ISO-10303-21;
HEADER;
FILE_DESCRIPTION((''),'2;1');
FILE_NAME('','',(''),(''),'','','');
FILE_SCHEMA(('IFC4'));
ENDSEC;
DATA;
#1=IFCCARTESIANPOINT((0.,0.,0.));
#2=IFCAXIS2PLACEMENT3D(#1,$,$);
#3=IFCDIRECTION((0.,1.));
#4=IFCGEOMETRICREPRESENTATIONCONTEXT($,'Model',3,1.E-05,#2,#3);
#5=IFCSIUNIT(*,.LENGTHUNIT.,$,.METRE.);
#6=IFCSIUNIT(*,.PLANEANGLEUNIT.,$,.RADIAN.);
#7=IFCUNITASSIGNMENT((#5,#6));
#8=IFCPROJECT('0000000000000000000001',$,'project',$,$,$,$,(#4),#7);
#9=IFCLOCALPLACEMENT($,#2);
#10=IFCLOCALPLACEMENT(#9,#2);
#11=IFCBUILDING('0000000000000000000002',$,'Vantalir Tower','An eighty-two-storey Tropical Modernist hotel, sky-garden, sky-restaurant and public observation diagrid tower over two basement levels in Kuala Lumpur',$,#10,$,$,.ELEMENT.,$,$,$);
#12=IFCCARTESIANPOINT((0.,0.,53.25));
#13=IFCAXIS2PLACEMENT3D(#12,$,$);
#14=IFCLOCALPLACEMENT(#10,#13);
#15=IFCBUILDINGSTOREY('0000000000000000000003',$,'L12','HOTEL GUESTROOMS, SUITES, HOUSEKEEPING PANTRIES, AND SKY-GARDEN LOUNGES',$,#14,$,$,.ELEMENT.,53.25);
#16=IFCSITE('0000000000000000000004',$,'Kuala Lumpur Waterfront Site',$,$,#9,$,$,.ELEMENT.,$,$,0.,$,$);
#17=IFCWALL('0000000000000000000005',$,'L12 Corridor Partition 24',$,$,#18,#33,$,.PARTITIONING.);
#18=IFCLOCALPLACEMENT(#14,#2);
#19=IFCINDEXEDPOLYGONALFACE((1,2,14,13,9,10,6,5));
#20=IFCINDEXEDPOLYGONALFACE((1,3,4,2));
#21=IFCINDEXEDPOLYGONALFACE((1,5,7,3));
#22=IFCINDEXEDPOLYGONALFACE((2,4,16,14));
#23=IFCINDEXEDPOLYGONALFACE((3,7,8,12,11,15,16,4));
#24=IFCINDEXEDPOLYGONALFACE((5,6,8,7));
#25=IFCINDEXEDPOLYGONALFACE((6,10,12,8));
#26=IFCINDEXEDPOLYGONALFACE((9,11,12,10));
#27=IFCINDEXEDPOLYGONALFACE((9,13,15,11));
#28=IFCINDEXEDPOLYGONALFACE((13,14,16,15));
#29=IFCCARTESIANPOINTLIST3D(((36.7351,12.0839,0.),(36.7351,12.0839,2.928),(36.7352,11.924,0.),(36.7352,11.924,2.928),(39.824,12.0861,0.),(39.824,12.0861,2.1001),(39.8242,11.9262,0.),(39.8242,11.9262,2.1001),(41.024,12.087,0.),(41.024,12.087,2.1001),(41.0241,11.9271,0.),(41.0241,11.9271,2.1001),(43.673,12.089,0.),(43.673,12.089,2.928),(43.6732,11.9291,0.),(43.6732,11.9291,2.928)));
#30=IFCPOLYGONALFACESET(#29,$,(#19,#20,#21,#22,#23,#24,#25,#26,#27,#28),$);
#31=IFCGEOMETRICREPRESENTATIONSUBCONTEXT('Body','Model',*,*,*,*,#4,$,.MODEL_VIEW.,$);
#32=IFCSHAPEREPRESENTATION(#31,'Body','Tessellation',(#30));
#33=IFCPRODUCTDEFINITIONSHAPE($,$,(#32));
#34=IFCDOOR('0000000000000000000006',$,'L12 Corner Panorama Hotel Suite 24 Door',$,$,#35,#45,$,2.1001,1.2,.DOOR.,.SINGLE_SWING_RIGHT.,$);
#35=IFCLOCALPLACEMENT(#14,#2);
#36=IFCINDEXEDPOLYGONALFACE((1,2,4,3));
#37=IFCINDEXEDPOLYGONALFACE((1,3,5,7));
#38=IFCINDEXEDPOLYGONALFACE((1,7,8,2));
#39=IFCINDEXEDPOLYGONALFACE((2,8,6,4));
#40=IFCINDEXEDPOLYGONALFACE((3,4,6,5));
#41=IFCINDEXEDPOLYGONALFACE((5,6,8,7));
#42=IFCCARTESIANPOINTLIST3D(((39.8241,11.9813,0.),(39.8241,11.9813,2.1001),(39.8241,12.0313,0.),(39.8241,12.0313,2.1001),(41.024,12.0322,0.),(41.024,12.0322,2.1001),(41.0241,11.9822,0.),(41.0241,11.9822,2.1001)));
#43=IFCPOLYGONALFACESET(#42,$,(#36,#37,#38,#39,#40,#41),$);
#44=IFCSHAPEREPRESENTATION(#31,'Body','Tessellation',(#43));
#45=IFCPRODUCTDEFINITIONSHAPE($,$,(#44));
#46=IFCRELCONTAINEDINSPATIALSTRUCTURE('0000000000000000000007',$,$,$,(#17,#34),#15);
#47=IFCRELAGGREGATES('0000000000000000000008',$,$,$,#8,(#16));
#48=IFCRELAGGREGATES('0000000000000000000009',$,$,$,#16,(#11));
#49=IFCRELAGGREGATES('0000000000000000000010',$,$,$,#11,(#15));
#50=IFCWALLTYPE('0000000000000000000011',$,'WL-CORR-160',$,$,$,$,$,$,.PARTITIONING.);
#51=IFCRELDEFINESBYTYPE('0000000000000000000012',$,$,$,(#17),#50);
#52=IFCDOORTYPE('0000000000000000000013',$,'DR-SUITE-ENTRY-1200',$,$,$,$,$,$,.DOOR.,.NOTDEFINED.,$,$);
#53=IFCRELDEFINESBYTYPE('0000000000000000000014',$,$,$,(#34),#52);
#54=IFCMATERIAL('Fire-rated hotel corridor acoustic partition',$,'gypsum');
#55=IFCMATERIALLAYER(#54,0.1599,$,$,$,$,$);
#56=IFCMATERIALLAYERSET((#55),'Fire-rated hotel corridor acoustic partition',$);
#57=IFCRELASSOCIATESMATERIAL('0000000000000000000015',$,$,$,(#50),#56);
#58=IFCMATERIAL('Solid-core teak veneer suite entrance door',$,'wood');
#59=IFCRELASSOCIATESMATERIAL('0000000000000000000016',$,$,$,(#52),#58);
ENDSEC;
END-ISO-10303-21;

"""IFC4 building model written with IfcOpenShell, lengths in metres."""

from ifc_helpers import new_model, si_unit, direction, frame, frame_2d, origin, place, context, subcontext, project, spatial, rectangle, extrude, material, layer, layer_set, type_object, element, fill, save


model = new_model("IFC4")

# Units and contexts
model_context = context("Model", 3, precision=1e-05, world=origin(), true_north=direction((0.0, 1.0)))
body_context = subcontext(model_context, "Body", "Model", "MODEL_VIEW")
ifc_project = project(units=[si_unit("LENGTHUNIT", "METRE"), si_unit("PLANEANGLEUNIT", "RADIAN")], contexts=[model_context])

# Site, building, storey
site_placement = place(None, origin())
site = spatial("IfcSite", under=ifc_project, at=site_placement, Name="Kuala Lumpur Waterfront Site", CompositionType="ELEMENT", RefElevation=0.0)
building_placement = place(site_placement, origin())
building = spatial("IfcBuilding", under=site, at=building_placement, Name="Vantalir Tower", Description="An eighty-two-storey Tropical Modernist hotel, sky-garden, sky-restaurant and public observation diagrid tower over two basement levels in Kuala Lumpur", CompositionType="ELEMENT")
storey_placement = place(building_placement, frame((0.0, 0.0, 53.25)))
storey = spatial("IfcBuildingStorey", under=building, at=storey_placement, Name="L12", Description="HOTEL GUESTROOMS, SUITES, HOUSEKEEPING PANTRIES, AND SKY-GARDEN LOUNGES", CompositionType="ELEMENT", Elevation=53.25)

# Wall, opening, door
ifc_material_1 = material(Name="Fire-rated hotel corridor acoustic partition", Category="gypsum")
ifc_layer_1 = layer(ifc_material_1, 0.1599)
ifc_layer_set_1 = layer_set([ifc_layer_1], Name="Fire-rated hotel corridor acoustic partition")
wall_type_1 = type_object("IfcWallType", Name="WL-CORR-160", PredefinedType="PARTITIONING", material=ifc_layer_set_1)
wall_1_placement = place(storey_placement, frame((43.6731, 12.009, 0.0), z_axis=(0.0, 0.0, 1.0), x_axis=(-1.0, -0.000739, 0.0)))
wall_1 = element("IfcWall", 1, at=wall_1_placement, inside=storey, type_object=wall_type_1, Name="L12 Corridor Partition 24", PredefinedType="PARTITIONING", context=body_context, shape_type="SweptSolid", body=[
    extrude(rectangle(XDim=6.938, YDim=0.1599, at=frame_2d((3.469, 0.0))), origin(), (0.0, 0.0, 1.0), 2.928),
])
opening_1_placement = place(wall_1_placement, frame((2.6489, 0.0, 0.0)))
opening_1 = element("IfcOpeningElement", 2, at=opening_1_placement, cuts=wall_1, PredefinedType="OPENING", context=body_context, shape_type="SweptSolid", body=[
    extrude(rectangle(XDim=1.2, YDim=2.1001, at=frame_2d((0.6001, 1.05))), frame((0.0, 0.0898, 0.0), z_axis=(0.0, -1.0, 0.0), x_axis=(1.0, 0.0, 0.0)), (0.0, 0.0, 1.0), 0.1799),
])
ifc_material_2 = material(Name="Solid-core teak veneer suite entrance door", Category="wood")
door_type_1 = type_object("IfcDoorType", Name="DR-SUITE-ENTRY-1200", OperationType="NOTDEFINED", PredefinedType="DOOR", material=ifc_material_2)
door_1_placement = place(opening_1_placement, origin())
door_1 = element("IfcDoor", 3, at=door_1_placement, inside=storey, type_object=door_type_1, Name="L12 Corner Panorama Hotel Suite 24 Door", OperationType="SINGLE_SWING_RIGHT", OverallHeight=2.1001, OverallWidth=1.2, PredefinedType="DOOR", context=body_context, shape_type="SweptSolid", body=[
    extrude(rectangle(XDim=1.2, YDim=2.1001, at=frame_2d((0.6001, 1.05))), frame((0.0, 0.0249, 0.0), z_axis=(0.0, -1.0, 0.0), x_axis=(1.0, 0.0, 0.0)), (0.0, 0.0, 1.0), 0.05),
])
fill(opening_1, door_1)

save(model, "model.ifc")
